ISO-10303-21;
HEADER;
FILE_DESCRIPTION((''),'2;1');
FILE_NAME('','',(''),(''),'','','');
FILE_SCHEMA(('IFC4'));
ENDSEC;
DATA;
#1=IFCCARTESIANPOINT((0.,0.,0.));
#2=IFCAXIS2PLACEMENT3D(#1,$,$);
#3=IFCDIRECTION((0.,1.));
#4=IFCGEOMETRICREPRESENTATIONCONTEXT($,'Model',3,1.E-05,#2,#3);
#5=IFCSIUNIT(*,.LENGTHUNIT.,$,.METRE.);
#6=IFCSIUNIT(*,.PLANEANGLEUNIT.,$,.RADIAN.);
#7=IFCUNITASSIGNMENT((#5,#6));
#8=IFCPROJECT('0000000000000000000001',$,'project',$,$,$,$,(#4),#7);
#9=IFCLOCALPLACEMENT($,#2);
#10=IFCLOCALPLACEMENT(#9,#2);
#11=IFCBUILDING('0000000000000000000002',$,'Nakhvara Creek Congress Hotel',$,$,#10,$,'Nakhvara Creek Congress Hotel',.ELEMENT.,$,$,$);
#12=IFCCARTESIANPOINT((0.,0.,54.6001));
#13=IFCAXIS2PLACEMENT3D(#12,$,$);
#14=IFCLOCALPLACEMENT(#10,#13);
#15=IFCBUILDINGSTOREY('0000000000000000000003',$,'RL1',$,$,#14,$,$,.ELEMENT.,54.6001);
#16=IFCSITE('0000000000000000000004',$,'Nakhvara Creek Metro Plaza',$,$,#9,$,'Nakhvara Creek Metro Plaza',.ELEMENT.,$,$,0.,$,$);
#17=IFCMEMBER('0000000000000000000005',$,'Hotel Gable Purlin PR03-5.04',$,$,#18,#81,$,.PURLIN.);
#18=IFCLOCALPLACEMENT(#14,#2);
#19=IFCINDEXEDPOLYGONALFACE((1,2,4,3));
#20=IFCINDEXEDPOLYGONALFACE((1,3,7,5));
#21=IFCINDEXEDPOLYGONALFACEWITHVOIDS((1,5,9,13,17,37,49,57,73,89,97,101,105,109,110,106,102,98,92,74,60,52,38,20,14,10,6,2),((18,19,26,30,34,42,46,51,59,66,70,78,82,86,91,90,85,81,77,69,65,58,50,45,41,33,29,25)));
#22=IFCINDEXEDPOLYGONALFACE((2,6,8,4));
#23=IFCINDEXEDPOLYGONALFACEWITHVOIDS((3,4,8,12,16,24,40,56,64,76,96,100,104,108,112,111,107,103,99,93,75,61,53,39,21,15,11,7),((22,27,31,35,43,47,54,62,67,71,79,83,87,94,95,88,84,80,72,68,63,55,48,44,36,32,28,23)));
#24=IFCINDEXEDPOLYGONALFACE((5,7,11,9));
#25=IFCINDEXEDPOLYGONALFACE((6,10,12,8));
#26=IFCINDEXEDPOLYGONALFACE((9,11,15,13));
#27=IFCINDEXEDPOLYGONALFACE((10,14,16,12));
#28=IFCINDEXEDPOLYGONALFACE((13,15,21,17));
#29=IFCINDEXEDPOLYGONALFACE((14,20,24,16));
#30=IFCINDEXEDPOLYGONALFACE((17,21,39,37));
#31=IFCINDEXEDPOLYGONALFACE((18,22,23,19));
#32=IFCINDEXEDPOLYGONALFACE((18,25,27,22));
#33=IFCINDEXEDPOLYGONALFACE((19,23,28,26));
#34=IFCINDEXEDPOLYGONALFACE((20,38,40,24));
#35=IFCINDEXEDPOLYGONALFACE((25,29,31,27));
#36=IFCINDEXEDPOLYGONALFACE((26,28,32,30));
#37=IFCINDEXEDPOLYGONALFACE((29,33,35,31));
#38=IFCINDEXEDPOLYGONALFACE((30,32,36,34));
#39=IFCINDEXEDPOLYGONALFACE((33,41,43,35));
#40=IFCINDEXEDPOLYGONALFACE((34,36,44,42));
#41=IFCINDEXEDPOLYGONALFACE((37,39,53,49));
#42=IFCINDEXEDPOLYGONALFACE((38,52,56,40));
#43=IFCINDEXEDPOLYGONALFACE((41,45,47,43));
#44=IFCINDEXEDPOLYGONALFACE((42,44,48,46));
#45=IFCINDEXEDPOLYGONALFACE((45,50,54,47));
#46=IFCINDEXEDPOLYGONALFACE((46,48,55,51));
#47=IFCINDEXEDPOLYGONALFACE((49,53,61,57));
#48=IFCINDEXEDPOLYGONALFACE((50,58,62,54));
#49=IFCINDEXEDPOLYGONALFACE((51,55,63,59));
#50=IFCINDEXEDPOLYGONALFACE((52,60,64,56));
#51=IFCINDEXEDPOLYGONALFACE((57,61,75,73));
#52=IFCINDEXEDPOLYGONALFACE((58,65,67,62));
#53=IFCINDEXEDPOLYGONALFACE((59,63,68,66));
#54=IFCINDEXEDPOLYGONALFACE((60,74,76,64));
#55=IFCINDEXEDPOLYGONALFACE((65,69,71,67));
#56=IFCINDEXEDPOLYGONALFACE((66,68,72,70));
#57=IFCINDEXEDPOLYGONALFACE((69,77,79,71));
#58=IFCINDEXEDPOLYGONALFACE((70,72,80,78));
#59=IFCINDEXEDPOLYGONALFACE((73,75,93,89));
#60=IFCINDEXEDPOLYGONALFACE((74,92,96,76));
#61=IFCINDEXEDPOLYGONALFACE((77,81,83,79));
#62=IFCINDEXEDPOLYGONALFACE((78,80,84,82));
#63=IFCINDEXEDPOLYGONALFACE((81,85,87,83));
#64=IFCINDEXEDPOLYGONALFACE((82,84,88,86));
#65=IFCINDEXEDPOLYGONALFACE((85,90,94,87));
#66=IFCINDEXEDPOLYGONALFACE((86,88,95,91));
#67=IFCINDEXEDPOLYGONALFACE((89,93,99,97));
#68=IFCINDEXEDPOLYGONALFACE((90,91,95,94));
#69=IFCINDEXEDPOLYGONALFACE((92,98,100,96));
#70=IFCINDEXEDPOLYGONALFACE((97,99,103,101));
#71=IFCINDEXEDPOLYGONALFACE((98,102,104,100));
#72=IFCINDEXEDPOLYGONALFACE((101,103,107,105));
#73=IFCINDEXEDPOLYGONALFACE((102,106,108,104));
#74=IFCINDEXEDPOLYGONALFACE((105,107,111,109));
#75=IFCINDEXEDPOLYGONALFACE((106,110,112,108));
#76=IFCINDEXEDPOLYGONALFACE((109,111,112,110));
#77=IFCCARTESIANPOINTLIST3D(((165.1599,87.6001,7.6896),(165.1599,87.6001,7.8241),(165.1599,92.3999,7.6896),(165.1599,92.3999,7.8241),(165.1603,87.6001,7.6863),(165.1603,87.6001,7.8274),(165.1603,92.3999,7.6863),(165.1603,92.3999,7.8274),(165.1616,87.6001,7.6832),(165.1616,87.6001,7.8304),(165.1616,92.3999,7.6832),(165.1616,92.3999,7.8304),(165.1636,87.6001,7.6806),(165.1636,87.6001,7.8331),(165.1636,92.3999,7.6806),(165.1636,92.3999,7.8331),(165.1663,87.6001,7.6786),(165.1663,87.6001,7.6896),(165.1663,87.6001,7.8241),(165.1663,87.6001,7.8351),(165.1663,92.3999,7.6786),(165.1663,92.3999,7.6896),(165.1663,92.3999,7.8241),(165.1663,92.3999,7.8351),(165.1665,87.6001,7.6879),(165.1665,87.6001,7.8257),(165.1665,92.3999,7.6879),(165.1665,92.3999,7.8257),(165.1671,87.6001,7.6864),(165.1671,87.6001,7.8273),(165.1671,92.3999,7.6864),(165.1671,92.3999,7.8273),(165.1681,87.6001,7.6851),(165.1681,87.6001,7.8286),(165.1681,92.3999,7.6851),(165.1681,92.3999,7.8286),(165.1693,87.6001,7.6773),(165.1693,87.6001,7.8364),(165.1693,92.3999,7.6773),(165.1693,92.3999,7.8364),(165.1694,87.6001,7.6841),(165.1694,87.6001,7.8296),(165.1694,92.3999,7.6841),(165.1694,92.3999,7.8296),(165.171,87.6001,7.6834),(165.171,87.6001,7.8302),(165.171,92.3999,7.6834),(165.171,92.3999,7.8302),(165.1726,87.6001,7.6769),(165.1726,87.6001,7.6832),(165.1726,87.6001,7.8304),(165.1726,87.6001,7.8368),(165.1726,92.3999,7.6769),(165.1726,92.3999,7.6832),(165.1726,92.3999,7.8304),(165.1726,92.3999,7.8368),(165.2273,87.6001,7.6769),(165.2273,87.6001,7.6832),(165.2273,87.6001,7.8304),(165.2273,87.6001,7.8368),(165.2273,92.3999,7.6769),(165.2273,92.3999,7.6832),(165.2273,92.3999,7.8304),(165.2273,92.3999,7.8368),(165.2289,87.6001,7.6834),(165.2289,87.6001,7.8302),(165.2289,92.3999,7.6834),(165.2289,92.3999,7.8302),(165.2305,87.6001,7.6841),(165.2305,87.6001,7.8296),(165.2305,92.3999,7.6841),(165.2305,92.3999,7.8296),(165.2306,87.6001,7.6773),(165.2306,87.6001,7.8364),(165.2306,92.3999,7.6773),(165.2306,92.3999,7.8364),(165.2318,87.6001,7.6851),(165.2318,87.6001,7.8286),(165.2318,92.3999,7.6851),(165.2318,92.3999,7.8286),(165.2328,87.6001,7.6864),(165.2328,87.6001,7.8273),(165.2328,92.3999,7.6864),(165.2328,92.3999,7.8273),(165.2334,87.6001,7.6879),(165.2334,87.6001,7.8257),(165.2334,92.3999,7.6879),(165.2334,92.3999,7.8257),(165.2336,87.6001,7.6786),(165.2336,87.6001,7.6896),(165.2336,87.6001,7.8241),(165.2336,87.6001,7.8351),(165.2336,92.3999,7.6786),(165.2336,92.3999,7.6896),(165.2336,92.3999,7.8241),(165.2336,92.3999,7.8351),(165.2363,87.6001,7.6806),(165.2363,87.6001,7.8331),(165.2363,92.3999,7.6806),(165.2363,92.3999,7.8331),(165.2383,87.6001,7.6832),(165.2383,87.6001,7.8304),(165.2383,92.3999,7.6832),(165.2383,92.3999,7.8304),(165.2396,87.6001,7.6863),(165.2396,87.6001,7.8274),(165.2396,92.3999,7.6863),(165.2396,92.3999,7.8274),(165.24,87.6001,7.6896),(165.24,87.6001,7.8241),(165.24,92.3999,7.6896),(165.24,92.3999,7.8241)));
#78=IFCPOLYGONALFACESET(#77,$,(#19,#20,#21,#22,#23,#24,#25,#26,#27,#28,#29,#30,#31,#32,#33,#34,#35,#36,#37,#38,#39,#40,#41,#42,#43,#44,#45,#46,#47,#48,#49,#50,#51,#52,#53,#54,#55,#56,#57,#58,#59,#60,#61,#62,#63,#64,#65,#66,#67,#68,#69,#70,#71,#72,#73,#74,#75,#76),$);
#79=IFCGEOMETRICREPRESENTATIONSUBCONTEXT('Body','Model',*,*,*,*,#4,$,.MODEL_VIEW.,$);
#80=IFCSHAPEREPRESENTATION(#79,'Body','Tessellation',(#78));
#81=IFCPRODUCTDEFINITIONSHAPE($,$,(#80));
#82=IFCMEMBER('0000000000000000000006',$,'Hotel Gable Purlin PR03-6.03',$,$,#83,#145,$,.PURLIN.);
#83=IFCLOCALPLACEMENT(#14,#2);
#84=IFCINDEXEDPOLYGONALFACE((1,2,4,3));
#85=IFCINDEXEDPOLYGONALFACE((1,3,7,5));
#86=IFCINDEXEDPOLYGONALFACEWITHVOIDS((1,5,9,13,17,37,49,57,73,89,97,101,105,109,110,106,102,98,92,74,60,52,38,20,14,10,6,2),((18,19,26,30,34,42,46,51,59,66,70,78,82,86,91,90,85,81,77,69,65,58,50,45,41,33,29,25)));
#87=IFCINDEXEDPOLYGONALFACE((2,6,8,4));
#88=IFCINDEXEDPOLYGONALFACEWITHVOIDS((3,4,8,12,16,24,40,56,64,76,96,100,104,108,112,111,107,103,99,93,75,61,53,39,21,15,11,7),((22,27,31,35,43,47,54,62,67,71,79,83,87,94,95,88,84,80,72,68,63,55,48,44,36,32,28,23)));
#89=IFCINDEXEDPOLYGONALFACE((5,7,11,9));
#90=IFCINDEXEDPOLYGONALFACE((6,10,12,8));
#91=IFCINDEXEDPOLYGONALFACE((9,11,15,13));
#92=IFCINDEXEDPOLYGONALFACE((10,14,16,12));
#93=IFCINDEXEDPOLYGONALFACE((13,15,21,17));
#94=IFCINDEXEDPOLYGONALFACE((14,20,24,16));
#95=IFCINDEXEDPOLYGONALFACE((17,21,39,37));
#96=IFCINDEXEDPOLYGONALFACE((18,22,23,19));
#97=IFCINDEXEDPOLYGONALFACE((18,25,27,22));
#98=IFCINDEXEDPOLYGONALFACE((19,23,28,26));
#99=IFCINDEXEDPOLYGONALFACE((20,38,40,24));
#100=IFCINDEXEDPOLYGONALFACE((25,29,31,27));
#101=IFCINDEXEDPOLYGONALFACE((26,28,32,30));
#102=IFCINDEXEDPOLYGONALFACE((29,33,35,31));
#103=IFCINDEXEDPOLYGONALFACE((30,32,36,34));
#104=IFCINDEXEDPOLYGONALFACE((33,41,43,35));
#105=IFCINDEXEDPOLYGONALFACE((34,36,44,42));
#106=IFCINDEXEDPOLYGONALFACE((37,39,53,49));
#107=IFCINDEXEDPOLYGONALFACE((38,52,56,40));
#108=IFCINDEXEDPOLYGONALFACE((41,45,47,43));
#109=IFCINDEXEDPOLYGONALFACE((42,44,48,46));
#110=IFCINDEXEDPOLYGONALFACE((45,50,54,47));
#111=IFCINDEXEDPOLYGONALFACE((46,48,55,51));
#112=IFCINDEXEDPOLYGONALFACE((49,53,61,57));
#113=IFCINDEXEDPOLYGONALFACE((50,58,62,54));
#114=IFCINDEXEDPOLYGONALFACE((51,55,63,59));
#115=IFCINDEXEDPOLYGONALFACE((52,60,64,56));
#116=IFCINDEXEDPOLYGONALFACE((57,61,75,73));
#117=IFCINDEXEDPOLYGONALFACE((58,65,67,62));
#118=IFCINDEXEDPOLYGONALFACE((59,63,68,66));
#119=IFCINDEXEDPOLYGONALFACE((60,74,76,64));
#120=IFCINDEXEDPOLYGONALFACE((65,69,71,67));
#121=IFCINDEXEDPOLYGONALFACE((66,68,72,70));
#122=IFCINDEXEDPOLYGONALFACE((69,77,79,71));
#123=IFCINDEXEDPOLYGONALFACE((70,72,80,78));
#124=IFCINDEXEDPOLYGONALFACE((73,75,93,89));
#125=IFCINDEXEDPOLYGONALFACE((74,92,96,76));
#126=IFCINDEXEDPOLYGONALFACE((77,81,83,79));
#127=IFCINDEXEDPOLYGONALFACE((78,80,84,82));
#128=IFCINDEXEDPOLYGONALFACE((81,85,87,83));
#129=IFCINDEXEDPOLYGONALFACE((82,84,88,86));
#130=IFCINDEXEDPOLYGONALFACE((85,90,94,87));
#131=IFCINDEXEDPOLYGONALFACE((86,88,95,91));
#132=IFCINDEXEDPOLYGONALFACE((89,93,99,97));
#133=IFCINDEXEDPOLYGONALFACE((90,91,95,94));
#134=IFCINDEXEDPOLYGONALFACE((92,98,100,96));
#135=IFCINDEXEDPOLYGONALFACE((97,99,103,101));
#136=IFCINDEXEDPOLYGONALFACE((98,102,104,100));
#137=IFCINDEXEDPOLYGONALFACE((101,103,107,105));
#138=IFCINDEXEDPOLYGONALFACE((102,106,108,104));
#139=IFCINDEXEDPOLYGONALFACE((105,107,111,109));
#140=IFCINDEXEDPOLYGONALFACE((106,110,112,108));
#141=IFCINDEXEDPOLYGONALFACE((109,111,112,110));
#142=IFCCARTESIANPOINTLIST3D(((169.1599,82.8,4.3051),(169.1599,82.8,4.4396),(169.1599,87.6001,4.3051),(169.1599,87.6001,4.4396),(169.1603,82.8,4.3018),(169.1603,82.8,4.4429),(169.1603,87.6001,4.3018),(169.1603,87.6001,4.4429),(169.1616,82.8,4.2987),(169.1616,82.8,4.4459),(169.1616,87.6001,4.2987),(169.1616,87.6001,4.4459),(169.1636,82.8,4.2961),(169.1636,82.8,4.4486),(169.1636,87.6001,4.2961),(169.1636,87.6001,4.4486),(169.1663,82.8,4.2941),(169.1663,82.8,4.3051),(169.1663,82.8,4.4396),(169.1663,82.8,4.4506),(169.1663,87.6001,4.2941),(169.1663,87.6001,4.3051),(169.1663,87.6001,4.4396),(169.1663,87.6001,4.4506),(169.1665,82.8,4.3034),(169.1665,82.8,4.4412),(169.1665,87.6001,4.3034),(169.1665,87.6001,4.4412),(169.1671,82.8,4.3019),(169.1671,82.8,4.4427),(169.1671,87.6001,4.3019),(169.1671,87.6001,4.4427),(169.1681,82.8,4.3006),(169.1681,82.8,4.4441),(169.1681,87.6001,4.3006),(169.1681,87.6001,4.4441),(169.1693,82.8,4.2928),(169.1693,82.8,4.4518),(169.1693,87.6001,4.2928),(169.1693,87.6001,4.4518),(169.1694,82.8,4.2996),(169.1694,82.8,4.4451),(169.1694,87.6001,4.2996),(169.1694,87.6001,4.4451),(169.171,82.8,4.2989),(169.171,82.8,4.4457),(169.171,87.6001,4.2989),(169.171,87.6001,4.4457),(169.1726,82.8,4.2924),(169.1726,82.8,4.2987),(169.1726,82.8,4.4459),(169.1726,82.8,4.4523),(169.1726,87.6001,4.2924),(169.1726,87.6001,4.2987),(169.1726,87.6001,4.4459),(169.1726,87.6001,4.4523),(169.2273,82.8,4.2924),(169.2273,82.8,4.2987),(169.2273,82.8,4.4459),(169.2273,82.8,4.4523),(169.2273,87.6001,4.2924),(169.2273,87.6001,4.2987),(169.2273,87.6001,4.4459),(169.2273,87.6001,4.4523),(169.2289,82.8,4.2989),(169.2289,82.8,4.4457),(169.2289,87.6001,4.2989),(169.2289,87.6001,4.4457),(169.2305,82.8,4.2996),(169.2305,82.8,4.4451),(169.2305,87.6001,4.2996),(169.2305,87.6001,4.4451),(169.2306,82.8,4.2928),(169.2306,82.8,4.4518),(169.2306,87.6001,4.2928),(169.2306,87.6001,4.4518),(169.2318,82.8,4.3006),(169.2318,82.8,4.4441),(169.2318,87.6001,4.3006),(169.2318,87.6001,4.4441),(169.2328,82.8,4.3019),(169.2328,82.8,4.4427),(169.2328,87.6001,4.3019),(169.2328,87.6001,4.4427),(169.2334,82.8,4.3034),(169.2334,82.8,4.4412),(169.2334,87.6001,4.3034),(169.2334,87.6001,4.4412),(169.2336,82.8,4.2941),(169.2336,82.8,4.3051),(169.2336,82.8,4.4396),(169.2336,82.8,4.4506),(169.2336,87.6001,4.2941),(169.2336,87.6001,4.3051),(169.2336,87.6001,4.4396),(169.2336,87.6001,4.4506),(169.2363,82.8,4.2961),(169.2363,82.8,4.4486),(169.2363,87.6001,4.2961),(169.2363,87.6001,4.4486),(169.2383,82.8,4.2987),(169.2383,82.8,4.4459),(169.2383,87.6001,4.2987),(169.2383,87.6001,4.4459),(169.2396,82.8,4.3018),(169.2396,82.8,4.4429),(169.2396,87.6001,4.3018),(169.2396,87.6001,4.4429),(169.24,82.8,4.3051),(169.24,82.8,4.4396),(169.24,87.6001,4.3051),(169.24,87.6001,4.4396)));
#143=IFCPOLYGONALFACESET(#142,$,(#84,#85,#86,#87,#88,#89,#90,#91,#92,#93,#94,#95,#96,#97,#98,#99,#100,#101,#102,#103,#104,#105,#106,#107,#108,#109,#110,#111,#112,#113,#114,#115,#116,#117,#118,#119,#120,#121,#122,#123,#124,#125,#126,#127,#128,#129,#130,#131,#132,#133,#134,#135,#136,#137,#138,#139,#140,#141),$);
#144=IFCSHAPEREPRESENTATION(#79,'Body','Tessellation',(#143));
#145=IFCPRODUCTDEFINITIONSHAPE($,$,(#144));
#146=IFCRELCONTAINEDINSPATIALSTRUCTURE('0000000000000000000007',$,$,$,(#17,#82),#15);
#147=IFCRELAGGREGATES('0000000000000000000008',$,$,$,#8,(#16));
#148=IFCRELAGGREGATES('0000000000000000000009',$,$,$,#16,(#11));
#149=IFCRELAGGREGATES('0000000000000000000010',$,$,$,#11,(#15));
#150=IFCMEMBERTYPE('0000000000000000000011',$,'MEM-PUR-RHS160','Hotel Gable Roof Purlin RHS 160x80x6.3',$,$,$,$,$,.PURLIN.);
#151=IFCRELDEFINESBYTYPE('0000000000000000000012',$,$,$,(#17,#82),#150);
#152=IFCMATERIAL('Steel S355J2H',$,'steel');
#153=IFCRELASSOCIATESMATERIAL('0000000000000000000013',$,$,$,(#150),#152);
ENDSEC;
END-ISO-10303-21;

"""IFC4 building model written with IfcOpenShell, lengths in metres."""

from ifc_helpers import new_model, si_unit, direction, frame, origin, origin_2d, place, context, subcontext, project, spatial, hollow_rectangle, extrude, material, material_profile, profile_set, type_object, element, save


model = new_model("IFC4")

# Units and contexts
model_context = context("Model", 3, precision=1e-05, world=origin(), true_north=direction((0.0, 1.0)))
body_context = subcontext(model_context, "Body", "Model", "MODEL_VIEW")
ifc_project = project(units=[si_unit("LENGTHUNIT", "METRE"), si_unit("PLANEANGLEUNIT", "RADIAN")], contexts=[model_context])

# Site, building, storey
site_placement = place(None, origin())
site = spatial("IfcSite", under=ifc_project, at=site_placement, Name="Nakhvara Creek Metro Plaza", LongName="Nakhvara Creek Metro Plaza", CompositionType="ELEMENT", RefElevation=0.0)
building_placement = place(site_placement, origin())
building = spatial("IfcBuilding", under=site, at=building_placement, Name="Nakhvara Creek Congress Hotel", LongName="Nakhvara Creek Congress Hotel", CompositionType="ELEMENT")
storey_placement = place(building_placement, frame((0.0, 0.0, 54.6001)))
storey = spatial("IfcBuildingStorey", under=building, at=storey_placement, Name="RL1", CompositionType="ELEMENT", Elevation=54.6001)

# Members
ifc_material_1 = material(Name="Steel S355J2H", Category="steel")
ifc_material_profile_1 = material_profile(ifc_material_1, hollow_rectangle(XDim=0.0801, YDim=0.1599, WallThickness=0.0063, InnerFilletRadius=0.0063, OuterFilletRadius=0.0127, at=origin_2d()), Name="RHS 160x80x6.3", Category="LoadBearing")
ifc_profile_set_1 = profile_set([ifc_material_profile_1], Name="Steel S355J2H")
member_type_1 = type_object("IfcMemberType", Name="MEM-PUR-RHS160", Description="Hotel Gable Roof Purlin RHS 160x80x6.3", PredefinedType="PURLIN", material=ifc_profile_set_1)
member_1_placement = place(storey_placement, frame((165.2, 87.6001, 7.7568), z_axis=(0.0, 1.0, 0.0), x_axis=(-1.0, 0.0, 0.0)))
element("IfcMember", 1, at=member_1_placement, inside=storey, type_object=member_type_1, Name="Hotel Gable Purlin PR03-5.04", PredefinedType="PURLIN", context=body_context, shape_type="SweptSolid", body=[
    extrude(hollow_rectangle(XDim=0.0801, YDim=0.1599, WallThickness=0.0063, InnerFilletRadius=0.0063, OuterFilletRadius=0.0127, at=origin_2d()), origin(), (0.0, 0.0, 1.0), 4.7998),
])
member_2_placement = place(storey_placement, frame((169.2, 82.8, 4.3723), z_axis=(0.0, 1.0, 0.0), x_axis=(-1.0, 0.0, 0.0)))
element("IfcMember", 2, at=member_2_placement, inside=storey, type_object=member_type_1, Name="Hotel Gable Purlin PR03-6.03", PredefinedType="PURLIN", context=body_context, shape_type="SweptSolid", body=[
    extrude(hollow_rectangle(XDim=0.0801, YDim=0.1599, WallThickness=0.0063, InnerFilletRadius=0.0063, OuterFilletRadius=0.0127, at=origin_2d()), origin(), (0.0, 0.0, 1.0), 4.8),
])

save(model, "model.ifc")
